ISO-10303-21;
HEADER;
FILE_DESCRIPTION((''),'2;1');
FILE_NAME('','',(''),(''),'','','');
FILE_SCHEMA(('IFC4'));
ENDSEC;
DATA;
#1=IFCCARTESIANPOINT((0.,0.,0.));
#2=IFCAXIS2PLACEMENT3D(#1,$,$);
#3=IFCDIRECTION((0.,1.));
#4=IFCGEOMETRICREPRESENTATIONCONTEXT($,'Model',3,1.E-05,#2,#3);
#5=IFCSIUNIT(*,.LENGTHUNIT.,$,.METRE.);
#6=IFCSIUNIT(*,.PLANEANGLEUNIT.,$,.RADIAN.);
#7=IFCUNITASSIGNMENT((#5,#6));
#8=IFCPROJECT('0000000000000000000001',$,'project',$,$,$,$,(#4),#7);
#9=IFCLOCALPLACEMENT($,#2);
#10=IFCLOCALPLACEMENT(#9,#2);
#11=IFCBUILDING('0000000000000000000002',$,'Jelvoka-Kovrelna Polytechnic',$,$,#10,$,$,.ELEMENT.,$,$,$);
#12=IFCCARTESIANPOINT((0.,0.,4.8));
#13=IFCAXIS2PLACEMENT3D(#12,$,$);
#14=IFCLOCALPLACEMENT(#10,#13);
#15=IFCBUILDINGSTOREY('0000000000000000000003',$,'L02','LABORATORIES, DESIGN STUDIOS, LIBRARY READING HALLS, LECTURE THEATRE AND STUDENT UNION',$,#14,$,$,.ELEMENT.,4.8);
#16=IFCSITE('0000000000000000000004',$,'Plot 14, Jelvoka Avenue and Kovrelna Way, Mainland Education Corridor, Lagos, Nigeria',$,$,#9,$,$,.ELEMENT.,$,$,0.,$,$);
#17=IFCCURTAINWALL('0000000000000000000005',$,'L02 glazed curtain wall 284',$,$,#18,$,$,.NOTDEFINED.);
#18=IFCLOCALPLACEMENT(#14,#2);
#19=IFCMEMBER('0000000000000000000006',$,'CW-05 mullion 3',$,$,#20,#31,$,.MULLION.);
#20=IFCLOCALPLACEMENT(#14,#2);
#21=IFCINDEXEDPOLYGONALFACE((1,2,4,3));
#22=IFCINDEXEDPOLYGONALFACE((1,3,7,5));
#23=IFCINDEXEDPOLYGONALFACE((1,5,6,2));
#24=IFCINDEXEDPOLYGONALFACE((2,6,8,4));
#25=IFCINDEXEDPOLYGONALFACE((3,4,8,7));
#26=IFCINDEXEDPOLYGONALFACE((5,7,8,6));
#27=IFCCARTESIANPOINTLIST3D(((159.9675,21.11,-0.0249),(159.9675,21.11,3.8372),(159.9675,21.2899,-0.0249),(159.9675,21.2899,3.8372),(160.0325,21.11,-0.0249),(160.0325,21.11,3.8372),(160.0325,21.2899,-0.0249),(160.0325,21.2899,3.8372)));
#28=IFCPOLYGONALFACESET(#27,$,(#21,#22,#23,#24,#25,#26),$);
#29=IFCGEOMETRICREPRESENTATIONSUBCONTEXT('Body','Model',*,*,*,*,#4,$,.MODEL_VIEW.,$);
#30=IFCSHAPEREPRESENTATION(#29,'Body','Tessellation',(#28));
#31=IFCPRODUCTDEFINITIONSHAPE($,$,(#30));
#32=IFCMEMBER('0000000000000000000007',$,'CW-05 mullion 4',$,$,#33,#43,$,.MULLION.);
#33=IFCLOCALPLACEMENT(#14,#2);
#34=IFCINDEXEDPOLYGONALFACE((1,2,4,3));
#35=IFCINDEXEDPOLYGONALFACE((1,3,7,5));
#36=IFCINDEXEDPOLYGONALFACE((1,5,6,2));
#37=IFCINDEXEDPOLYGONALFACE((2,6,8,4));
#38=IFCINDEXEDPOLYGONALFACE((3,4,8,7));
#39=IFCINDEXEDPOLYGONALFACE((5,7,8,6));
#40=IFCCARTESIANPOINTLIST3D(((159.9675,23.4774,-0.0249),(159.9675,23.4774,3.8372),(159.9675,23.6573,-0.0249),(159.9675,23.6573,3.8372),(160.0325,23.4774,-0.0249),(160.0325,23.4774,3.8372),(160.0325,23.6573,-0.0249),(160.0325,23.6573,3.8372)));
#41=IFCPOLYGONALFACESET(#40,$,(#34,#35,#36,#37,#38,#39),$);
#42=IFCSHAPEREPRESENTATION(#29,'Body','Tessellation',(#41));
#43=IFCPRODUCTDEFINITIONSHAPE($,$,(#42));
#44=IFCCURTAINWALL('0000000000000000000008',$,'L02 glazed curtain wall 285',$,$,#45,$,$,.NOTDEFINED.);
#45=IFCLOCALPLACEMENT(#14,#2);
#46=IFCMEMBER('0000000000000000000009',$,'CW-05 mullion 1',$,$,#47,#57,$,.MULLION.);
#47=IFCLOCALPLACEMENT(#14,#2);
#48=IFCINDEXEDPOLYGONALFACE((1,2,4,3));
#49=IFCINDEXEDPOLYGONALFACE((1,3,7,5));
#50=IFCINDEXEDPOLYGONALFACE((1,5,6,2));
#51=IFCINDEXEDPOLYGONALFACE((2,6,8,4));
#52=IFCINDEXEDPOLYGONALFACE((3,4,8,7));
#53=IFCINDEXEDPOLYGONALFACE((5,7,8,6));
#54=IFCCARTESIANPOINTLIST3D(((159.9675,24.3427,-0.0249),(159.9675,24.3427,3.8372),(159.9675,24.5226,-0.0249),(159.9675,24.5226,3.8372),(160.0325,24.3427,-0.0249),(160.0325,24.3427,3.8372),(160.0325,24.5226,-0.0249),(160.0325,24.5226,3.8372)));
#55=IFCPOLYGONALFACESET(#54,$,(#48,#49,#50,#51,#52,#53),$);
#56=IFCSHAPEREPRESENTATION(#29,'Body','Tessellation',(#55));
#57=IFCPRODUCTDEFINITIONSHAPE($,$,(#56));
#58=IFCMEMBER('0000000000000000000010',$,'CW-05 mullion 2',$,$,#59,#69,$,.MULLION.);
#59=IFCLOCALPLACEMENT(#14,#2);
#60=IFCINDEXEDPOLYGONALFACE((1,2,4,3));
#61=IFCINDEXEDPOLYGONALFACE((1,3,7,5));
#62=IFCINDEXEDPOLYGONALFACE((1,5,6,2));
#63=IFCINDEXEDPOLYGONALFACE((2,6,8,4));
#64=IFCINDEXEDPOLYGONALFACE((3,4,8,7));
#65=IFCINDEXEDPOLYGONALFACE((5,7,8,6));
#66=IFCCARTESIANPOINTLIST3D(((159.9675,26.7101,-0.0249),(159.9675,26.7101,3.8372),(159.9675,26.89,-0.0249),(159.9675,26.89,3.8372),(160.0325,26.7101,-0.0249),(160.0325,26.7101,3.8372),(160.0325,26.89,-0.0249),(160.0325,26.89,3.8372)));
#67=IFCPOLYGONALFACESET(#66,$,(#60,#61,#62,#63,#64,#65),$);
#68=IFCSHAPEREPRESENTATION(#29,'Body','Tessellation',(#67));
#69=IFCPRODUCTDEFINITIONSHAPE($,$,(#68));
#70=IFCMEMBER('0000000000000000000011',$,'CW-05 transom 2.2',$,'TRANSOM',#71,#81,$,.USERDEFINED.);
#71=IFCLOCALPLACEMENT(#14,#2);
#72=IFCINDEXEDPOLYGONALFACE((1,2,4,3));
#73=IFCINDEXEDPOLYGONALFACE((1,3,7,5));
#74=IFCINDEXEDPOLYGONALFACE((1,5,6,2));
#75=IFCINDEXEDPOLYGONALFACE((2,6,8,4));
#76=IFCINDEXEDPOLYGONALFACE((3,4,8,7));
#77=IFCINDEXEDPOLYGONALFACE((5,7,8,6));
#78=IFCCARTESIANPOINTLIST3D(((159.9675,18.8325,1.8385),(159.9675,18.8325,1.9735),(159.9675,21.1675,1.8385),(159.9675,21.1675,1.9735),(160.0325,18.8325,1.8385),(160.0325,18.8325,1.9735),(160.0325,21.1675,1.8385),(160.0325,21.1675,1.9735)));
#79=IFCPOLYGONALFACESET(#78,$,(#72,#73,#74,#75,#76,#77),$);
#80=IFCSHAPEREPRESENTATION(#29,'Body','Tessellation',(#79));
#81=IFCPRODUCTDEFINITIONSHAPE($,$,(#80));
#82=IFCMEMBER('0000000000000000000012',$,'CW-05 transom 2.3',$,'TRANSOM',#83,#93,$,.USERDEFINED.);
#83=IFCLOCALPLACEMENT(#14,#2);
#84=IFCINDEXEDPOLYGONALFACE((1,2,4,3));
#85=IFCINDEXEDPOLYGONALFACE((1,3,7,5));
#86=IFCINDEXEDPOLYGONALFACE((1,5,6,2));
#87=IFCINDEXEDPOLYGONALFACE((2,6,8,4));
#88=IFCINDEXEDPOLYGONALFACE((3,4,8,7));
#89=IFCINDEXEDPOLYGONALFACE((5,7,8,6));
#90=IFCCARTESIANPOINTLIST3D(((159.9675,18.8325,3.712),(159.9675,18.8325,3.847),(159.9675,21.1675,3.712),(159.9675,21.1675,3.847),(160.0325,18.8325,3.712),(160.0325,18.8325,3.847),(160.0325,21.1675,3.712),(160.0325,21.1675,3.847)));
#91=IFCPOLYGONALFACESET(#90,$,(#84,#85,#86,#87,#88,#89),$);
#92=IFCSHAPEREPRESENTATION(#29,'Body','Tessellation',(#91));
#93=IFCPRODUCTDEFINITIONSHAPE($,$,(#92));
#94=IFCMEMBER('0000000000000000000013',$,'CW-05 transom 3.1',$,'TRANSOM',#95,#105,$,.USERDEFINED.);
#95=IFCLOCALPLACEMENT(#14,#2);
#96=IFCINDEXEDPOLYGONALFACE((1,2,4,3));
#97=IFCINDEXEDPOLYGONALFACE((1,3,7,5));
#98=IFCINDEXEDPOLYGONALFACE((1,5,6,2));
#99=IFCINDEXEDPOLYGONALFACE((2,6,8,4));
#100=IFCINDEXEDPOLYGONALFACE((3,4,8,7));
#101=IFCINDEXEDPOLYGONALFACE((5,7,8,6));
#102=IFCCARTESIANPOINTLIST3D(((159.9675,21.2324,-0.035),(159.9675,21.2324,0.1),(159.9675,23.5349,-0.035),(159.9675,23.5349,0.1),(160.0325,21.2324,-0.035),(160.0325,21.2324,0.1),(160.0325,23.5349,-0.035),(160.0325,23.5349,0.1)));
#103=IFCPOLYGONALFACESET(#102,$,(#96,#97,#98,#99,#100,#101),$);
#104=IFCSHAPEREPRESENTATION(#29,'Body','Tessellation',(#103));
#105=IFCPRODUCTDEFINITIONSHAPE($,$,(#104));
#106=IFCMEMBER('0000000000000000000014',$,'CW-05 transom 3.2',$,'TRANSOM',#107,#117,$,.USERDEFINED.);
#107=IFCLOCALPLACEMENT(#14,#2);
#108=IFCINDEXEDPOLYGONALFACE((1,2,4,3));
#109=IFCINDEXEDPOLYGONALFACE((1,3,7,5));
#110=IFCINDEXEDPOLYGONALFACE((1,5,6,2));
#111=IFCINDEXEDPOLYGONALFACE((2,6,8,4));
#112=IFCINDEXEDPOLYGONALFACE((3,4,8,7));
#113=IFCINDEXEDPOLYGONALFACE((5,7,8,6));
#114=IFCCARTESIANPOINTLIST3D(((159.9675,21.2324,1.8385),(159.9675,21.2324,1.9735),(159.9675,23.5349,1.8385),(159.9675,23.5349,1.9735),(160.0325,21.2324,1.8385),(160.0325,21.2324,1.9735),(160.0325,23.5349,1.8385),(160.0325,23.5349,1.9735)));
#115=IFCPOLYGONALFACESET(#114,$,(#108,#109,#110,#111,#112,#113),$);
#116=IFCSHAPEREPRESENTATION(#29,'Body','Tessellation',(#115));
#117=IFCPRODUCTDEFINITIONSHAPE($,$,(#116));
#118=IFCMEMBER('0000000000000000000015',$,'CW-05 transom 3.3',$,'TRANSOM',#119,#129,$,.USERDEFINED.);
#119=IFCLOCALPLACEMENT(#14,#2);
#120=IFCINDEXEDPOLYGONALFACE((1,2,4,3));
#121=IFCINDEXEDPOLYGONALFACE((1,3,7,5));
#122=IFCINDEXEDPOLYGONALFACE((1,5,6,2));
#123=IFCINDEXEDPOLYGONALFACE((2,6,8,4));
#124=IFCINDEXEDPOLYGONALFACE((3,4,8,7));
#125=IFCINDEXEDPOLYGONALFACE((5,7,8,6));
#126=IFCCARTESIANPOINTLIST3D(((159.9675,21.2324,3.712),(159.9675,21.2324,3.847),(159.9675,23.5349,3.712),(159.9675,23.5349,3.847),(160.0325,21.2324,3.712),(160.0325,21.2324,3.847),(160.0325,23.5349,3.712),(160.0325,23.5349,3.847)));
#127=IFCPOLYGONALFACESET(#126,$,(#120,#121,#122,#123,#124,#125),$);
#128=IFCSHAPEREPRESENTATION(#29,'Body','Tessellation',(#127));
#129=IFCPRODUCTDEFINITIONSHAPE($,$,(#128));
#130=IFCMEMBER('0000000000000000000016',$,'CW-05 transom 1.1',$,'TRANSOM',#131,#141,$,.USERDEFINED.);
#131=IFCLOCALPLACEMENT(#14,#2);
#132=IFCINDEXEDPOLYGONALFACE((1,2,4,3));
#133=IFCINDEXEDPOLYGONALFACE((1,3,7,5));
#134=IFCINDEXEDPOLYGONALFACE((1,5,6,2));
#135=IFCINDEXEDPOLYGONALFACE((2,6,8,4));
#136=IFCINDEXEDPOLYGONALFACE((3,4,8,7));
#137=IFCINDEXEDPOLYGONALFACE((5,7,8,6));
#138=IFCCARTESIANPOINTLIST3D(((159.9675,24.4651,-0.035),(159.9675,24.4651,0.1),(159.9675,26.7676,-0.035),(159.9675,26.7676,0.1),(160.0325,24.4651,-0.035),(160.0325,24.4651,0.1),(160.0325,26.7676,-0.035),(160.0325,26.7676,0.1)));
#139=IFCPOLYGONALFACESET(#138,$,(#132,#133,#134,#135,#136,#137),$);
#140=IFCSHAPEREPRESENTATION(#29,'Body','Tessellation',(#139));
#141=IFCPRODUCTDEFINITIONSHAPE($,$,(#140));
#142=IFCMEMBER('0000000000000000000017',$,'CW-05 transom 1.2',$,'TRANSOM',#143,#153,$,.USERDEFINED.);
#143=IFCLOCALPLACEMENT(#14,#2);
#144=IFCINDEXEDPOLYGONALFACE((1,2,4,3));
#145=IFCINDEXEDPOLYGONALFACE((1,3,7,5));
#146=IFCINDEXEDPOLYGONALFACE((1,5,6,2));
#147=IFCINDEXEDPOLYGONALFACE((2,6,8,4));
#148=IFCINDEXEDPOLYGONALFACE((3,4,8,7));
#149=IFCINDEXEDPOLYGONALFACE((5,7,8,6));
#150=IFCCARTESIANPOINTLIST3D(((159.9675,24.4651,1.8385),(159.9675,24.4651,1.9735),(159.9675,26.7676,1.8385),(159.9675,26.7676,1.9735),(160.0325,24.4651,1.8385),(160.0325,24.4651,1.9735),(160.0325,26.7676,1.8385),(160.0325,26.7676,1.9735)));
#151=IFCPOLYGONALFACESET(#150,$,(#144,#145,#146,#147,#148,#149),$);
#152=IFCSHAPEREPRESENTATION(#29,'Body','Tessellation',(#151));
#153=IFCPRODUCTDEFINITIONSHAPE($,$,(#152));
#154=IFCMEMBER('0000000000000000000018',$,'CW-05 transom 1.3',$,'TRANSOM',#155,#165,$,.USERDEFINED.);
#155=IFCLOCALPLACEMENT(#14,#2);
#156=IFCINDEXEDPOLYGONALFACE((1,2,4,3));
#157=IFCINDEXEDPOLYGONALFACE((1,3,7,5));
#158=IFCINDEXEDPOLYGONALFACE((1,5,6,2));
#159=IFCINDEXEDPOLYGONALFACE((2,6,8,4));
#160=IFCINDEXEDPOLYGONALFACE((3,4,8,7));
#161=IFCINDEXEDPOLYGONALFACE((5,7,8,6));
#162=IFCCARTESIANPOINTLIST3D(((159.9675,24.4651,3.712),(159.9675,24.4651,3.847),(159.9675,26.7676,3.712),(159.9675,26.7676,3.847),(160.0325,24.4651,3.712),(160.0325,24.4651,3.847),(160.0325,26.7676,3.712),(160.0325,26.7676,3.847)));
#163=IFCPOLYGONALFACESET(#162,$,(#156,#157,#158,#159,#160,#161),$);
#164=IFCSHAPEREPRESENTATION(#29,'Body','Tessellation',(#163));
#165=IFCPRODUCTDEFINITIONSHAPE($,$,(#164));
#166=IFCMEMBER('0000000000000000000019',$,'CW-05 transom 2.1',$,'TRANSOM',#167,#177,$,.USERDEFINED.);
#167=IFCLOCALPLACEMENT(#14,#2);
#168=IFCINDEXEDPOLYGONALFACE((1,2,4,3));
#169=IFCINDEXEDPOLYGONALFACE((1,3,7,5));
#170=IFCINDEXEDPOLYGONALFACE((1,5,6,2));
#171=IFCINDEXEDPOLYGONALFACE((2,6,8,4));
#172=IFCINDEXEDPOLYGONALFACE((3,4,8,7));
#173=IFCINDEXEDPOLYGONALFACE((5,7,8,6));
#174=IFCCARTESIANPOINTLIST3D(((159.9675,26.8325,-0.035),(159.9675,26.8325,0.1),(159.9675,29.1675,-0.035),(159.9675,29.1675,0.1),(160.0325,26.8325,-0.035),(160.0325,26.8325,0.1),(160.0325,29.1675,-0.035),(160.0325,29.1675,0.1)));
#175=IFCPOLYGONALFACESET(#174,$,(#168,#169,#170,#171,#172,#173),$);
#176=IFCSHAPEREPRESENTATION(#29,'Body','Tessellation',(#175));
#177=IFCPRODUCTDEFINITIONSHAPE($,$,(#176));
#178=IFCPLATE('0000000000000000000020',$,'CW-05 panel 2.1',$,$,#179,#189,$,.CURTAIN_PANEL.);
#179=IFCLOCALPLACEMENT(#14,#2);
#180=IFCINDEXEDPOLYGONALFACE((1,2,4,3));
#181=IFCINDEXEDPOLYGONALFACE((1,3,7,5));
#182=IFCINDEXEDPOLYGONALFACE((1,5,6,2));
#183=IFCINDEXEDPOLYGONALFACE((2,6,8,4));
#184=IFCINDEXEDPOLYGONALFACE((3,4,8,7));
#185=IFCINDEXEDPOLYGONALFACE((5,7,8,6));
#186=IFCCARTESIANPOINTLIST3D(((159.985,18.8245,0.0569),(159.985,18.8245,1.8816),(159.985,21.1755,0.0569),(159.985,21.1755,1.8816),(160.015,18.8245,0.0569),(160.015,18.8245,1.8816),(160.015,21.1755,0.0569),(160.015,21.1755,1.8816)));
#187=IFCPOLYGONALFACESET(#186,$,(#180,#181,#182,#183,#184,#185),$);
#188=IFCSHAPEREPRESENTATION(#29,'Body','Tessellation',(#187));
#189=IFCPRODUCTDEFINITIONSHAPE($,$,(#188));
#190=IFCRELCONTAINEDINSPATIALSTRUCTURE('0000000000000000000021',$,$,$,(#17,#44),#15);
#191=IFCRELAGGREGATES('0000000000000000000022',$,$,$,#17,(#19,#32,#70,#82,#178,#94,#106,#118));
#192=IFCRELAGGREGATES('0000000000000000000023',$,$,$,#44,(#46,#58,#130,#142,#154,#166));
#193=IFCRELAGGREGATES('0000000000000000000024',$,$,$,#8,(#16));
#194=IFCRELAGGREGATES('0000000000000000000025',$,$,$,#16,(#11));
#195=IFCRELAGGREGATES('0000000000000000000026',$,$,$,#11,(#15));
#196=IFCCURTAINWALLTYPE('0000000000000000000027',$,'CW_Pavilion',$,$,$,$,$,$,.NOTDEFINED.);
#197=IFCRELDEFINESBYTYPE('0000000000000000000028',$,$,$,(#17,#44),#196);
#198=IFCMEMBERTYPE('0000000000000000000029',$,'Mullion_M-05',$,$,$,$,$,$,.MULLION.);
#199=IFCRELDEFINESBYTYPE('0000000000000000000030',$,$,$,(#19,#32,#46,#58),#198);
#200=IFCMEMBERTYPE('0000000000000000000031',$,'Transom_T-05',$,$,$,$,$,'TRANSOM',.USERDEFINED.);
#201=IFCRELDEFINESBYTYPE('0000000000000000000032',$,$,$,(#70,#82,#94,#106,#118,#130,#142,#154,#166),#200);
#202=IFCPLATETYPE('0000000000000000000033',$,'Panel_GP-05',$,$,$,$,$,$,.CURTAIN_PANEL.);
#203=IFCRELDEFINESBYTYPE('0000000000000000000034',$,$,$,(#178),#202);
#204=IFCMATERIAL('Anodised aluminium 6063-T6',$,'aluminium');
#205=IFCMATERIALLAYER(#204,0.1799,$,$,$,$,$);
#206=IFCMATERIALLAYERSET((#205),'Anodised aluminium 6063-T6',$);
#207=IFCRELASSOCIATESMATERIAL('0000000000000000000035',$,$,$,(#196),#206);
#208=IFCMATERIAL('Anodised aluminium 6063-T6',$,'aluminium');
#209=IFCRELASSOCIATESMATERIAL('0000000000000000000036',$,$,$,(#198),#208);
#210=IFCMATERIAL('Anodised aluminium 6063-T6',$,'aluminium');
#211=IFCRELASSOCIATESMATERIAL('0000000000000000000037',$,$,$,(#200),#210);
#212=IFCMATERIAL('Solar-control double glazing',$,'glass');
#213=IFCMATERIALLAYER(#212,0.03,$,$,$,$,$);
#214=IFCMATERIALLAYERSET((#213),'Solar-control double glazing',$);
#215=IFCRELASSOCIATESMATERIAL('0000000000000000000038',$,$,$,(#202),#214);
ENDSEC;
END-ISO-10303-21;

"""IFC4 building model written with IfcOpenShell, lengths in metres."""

from ifc_helpers import new_model, si_unit, direction, frame, origin, origin_2d, place, context, subcontext, project, spatial, rectangle, extrude, material, layer, layer_set, material_profile, profile_set, type_object, element, aggregate, save


model = new_model("IFC4")

# Units and contexts
model_context = context("Model", 3, precision=1e-05, world=origin(), true_north=direction((0.0, 1.0)))
body_context = subcontext(model_context, "Body", "Model", "MODEL_VIEW")
ifc_project = project(units=[si_unit("LENGTHUNIT", "METRE"), si_unit("PLANEANGLEUNIT", "RADIAN")], contexts=[model_context])

# Site, building, storey
site_placement = place(None, origin())
site = spatial("IfcSite", under=ifc_project, at=site_placement, Name="Plot 14, Jelvoka Avenue and Kovrelna Way, Mainland Education Corridor, Lagos, Nigeria", CompositionType="ELEMENT", RefElevation=0.0)
building_placement = place(site_placement, origin())
building = spatial("IfcBuilding", under=site, at=building_placement, Name="Jelvoka-Kovrelna Polytechnic", CompositionType="ELEMENT")
storey_placement = place(building_placement, frame((0.0, 0.0, 4.8)))
storey = spatial("IfcBuildingStorey", under=building, at=storey_placement, Name="L02", Description="LABORATORIES, DESIGN STUDIOS, LIBRARY READING HALLS, LECTURE THEATRE AND STUDENT UNION", CompositionType="ELEMENT", Elevation=4.8)

# Curtain walls, members
ifc_material_1 = material(Name="Anodised aluminium 6063-T6", Category="aluminium")
ifc_layer_1 = layer(ifc_material_1, 0.1799)
ifc_layer_set_1 = layer_set([ifc_layer_1], Name="Anodised aluminium 6063-T6")
curtain_wall_type = type_object("IfcCurtainWallType", Name="CW_Pavilion", PredefinedType="NOTDEFINED", material=ifc_layer_set_1)
curtain_wall_1_placement = place(storey_placement, origin())
curtain_wall_1 = element("IfcCurtainWall", 1, at=curtain_wall_1_placement, inside=storey, type_object=curtain_wall_type, Name="L02 glazed curtain wall 284", PredefinedType="NOTDEFINED")
ifc_material_2 = material(Name="Anodised aluminium 6063-T6", Category="aluminium")
ifc_material_profile_1 = material_profile(ifc_material_2, rectangle(XDim=0.0649, YDim=0.1799, at=origin_2d()), Name="ALU 65x180")
ifc_profile_set_1 = profile_set([ifc_material_profile_1], Name="Anodised aluminium 6063-T6")
member_type_1 = type_object("IfcMemberType", Name="Mullion_M-05", PredefinedType="MULLION", material=ifc_profile_set_1)
member_1_placement = place(storey_placement, frame((160.0, 21.2, -0.0249), z_axis=(0.0, 0.0, 1.0), x_axis=(-1.0, 0.0, 0.0)))
member_1 = element("IfcMember", 2, at=member_1_placement, type_object=member_type_1, Name="CW-05 mullion 3", PredefinedType="MULLION", context=body_context, shape_type="SweptSolid", body=[
    extrude(rectangle(XDim=0.0649, YDim=0.1799, at=origin_2d()), origin(), (0.0, 0.0, 1.0), 3.8621),
])
member_2_placement = place(storey_placement, frame((160.0, 23.5674, -0.0249), z_axis=(0.0, 0.0, 1.0), x_axis=(-1.0, 0.0, 0.0)))
member_2 = element("IfcMember", 3, at=member_2_placement, type_object=member_type_1, Name="CW-05 mullion 4", PredefinedType="MULLION", context=body_context, shape_type="SweptSolid", body=[
    extrude(rectangle(XDim=0.0649, YDim=0.1799, at=origin_2d()), origin(), (0.0, 0.0, 1.0), 3.8621),
])
curtain_wall_2_placement = place(storey_placement, origin())
curtain_wall_2 = element("IfcCurtainWall", 4, at=curtain_wall_2_placement, inside=storey, type_object=curtain_wall_type, Name="L02 glazed curtain wall 285", PredefinedType="NOTDEFINED")
member_3_placement = place(storey_placement, frame((160.0, 24.4326, -0.0249), z_axis=(0.0, 0.0, 1.0), x_axis=(-1.0, 0.0, 0.0)))
member_3 = element("IfcMember", 5, at=member_3_placement, type_object=member_type_1, Name="CW-05 mullion 1", PredefinedType="MULLION", context=body_context, shape_type="SweptSolid", body=[
    extrude(rectangle(XDim=0.0649, YDim=0.1799, at=origin_2d()), origin(), (0.0, 0.0, 1.0), 3.8621),
])
member_4_placement = place(storey_placement, frame((160.0, 26.8, -0.0249), z_axis=(0.0, 0.0, 1.0), x_axis=(-1.0, 0.0, 0.0)))
member_4 = element("IfcMember", 6, at=member_4_placement, type_object=member_type_1, Name="CW-05 mullion 2", PredefinedType="MULLION", context=body_context, shape_type="SweptSolid", body=[
    extrude(rectangle(XDim=0.0649, YDim=0.1799, at=origin_2d()), origin(), (0.0, 0.0, 1.0), 3.8621),
])

# Members
ifc_material_3 = material(Name="Anodised aluminium 6063-T6", Category="aluminium")
ifc_material_profile_2 = material_profile(ifc_material_3, rectangle(XDim=0.0649, YDim=0.135, at=origin_2d()), Name="ALU 65x135")
ifc_profile_set_2 = profile_set([ifc_material_profile_2], Name="Anodised aluminium 6063-T6")
member_type_2 = type_object("IfcMemberType", Name="Transom_T-05", ElementType="TRANSOM", PredefinedType="USERDEFINED", material=ifc_profile_set_2)
member_5_placement = place(storey_placement, frame((160.0, 18.8325, 1.906), z_axis=(0.0, 1.0, 0.0), x_axis=(-1.0, 0.0, 0.0)))
member_5 = element("IfcMember", 7, at=member_5_placement, type_object=member_type_2, Name="CW-05 transom 2.2", ObjectType="TRANSOM", PredefinedType="USERDEFINED", context=body_context, shape_type="SweptSolid", body=[
    extrude(rectangle(XDim=0.0649, YDim=0.135, at=origin_2d()), origin(), (0.0, 0.0, 1.0), 2.335),
])
member_6_placement = place(storey_placement, frame((160.0, 18.8325, 3.7795), z_axis=(0.0, 1.0, 0.0), x_axis=(-1.0, 0.0, 0.0)))
member_6 = element("IfcMember", 8, at=member_6_placement, type_object=member_type_2, Name="CW-05 transom 2.3", ObjectType="TRANSOM", PredefinedType="USERDEFINED", context=body_context, shape_type="SweptSolid", body=[
    extrude(rectangle(XDim=0.0649, YDim=0.135, at=origin_2d()), origin(), (0.0, 0.0, 1.0), 2.335),
])
member_7_placement = place(storey_placement, frame((160.0, 21.2324, 0.0325), z_axis=(0.0, 1.0, 0.0), x_axis=(-1.0, 0.0, 0.0)))
member_7 = element("IfcMember", 9, at=member_7_placement, type_object=member_type_2, Name="CW-05 transom 3.1", ObjectType="TRANSOM", PredefinedType="USERDEFINED", context=body_context, shape_type="SweptSolid", body=[
    extrude(rectangle(XDim=0.0649, YDim=0.135, at=origin_2d()), origin(), (0.0, 0.0, 1.0), 2.3025),
])
member_8_placement = place(storey_placement, frame((160.0, 21.2324, 1.906), z_axis=(0.0, 1.0, 0.0), x_axis=(-1.0, 0.0, 0.0)))
member_8 = element("IfcMember", 10, at=member_8_placement, type_object=member_type_2, Name="CW-05 transom 3.2", ObjectType="TRANSOM", PredefinedType="USERDEFINED", context=body_context, shape_type="SweptSolid", body=[
    extrude(rectangle(XDim=0.0649, YDim=0.135, at=origin_2d()), origin(), (0.0, 0.0, 1.0), 2.3025),
])
member_9_placement = place(storey_placement, frame((160.0, 21.2324, 3.7795), z_axis=(0.0, 1.0, 0.0), x_axis=(-1.0, 0.0, 0.0)))
member_9 = element("IfcMember", 11, at=member_9_placement, type_object=member_type_2, Name="CW-05 transom 3.3", ObjectType="TRANSOM", PredefinedType="USERDEFINED", context=body_context, shape_type="SweptSolid", body=[
    extrude(rectangle(XDim=0.0649, YDim=0.135, at=origin_2d()), origin(), (0.0, 0.0, 1.0), 2.3025),
])
member_10_placement = place(storey_placement, frame((160.0, 24.4651, 0.0325), z_axis=(0.0, 1.0, 0.0), x_axis=(-1.0, 0.0, 0.0)))
member_10 = element("IfcMember", 12, at=member_10_placement, type_object=member_type_2, Name="CW-05 transom 1.1", ObjectType="TRANSOM", PredefinedType="USERDEFINED", context=body_context, shape_type="SweptSolid", body=[
    extrude(rectangle(XDim=0.0649, YDim=0.135, at=origin_2d()), origin(), (0.0, 0.0, 1.0), 2.3025),
])
member_11_placement = place(storey_placement, frame((160.0, 24.4651, 1.906), z_axis=(0.0, 1.0, 0.0), x_axis=(-1.0, 0.0, 0.0)))
member_11 = element("IfcMember", 13, at=member_11_placement, type_object=member_type_2, Name="CW-05 transom 1.2", ObjectType="TRANSOM", PredefinedType="USERDEFINED", context=body_context, shape_type="SweptSolid", body=[
    extrude(rectangle(XDim=0.0649, YDim=0.135, at=origin_2d()), origin(), (0.0, 0.0, 1.0), 2.3025),
])
member_12_placement = place(storey_placement, frame((160.0, 24.4651, 3.7795), z_axis=(0.0, 1.0, 0.0), x_axis=(-1.0, 0.0, 0.0)))
member_12 = element("IfcMember", 14, at=member_12_placement, type_object=member_type_2, Name="CW-05 transom 1.3", ObjectType="TRANSOM", PredefinedType="USERDEFINED", context=body_context, shape_type="SweptSolid", body=[
    extrude(rectangle(XDim=0.0649, YDim=0.135, at=origin_2d()), origin(), (0.0, 0.0, 1.0), 2.3025),
])
member_13_placement = place(storey_placement, frame((160.0, 26.8325, 0.0325), z_axis=(0.0, 1.0, 0.0), x_axis=(-1.0, 0.0, 0.0)))
member_13 = element("IfcMember", 15, at=member_13_placement, type_object=member_type_2, Name="CW-05 transom 2.1", ObjectType="TRANSOM", PredefinedType="USERDEFINED", context=body_context, shape_type="SweptSolid", body=[
    extrude(rectangle(XDim=0.0649, YDim=0.135, at=origin_2d()), origin(), (0.0, 0.0, 1.0), 2.335),
])

# Plate
ifc_material_4 = material(Name="Solar-control double glazing", Category="glass")
ifc_layer_2 = layer(ifc_material_4, 0.03)
ifc_layer_set_2 = layer_set([ifc_layer_2], Name="Solar-control double glazing")
plate_type = type_object("IfcPlateType", Name="Panel_GP-05", PredefinedType="CURTAIN_PANEL", material=ifc_layer_set_2)
plate_1_placement = place(storey_placement, frame((160.0, 20.0, 0.0569), z_axis=(0.0, 0.0, 1.0), x_axis=(0.0, 1.0, 0.0)))
plate_1 = element("IfcPlate", 16, at=plate_1_placement, type_object=plate_type, Name="CW-05 panel 2.1", PredefinedType="CURTAIN_PANEL", context=body_context, shape_type="SweptSolid", body=[
    extrude(rectangle(XDim=2.3511, YDim=0.03, at=origin_2d()), origin(), (0.0, 0.0, 1.0), 1.8247),
])
aggregate(curtain_wall_1, [member_1, member_2, member_5, member_6, plate_1, member_7, member_8, member_9])
aggregate(curtain_wall_2, [member_3, member_4, member_10, member_11, member_12, member_13])

save(model, "model.ifc")
